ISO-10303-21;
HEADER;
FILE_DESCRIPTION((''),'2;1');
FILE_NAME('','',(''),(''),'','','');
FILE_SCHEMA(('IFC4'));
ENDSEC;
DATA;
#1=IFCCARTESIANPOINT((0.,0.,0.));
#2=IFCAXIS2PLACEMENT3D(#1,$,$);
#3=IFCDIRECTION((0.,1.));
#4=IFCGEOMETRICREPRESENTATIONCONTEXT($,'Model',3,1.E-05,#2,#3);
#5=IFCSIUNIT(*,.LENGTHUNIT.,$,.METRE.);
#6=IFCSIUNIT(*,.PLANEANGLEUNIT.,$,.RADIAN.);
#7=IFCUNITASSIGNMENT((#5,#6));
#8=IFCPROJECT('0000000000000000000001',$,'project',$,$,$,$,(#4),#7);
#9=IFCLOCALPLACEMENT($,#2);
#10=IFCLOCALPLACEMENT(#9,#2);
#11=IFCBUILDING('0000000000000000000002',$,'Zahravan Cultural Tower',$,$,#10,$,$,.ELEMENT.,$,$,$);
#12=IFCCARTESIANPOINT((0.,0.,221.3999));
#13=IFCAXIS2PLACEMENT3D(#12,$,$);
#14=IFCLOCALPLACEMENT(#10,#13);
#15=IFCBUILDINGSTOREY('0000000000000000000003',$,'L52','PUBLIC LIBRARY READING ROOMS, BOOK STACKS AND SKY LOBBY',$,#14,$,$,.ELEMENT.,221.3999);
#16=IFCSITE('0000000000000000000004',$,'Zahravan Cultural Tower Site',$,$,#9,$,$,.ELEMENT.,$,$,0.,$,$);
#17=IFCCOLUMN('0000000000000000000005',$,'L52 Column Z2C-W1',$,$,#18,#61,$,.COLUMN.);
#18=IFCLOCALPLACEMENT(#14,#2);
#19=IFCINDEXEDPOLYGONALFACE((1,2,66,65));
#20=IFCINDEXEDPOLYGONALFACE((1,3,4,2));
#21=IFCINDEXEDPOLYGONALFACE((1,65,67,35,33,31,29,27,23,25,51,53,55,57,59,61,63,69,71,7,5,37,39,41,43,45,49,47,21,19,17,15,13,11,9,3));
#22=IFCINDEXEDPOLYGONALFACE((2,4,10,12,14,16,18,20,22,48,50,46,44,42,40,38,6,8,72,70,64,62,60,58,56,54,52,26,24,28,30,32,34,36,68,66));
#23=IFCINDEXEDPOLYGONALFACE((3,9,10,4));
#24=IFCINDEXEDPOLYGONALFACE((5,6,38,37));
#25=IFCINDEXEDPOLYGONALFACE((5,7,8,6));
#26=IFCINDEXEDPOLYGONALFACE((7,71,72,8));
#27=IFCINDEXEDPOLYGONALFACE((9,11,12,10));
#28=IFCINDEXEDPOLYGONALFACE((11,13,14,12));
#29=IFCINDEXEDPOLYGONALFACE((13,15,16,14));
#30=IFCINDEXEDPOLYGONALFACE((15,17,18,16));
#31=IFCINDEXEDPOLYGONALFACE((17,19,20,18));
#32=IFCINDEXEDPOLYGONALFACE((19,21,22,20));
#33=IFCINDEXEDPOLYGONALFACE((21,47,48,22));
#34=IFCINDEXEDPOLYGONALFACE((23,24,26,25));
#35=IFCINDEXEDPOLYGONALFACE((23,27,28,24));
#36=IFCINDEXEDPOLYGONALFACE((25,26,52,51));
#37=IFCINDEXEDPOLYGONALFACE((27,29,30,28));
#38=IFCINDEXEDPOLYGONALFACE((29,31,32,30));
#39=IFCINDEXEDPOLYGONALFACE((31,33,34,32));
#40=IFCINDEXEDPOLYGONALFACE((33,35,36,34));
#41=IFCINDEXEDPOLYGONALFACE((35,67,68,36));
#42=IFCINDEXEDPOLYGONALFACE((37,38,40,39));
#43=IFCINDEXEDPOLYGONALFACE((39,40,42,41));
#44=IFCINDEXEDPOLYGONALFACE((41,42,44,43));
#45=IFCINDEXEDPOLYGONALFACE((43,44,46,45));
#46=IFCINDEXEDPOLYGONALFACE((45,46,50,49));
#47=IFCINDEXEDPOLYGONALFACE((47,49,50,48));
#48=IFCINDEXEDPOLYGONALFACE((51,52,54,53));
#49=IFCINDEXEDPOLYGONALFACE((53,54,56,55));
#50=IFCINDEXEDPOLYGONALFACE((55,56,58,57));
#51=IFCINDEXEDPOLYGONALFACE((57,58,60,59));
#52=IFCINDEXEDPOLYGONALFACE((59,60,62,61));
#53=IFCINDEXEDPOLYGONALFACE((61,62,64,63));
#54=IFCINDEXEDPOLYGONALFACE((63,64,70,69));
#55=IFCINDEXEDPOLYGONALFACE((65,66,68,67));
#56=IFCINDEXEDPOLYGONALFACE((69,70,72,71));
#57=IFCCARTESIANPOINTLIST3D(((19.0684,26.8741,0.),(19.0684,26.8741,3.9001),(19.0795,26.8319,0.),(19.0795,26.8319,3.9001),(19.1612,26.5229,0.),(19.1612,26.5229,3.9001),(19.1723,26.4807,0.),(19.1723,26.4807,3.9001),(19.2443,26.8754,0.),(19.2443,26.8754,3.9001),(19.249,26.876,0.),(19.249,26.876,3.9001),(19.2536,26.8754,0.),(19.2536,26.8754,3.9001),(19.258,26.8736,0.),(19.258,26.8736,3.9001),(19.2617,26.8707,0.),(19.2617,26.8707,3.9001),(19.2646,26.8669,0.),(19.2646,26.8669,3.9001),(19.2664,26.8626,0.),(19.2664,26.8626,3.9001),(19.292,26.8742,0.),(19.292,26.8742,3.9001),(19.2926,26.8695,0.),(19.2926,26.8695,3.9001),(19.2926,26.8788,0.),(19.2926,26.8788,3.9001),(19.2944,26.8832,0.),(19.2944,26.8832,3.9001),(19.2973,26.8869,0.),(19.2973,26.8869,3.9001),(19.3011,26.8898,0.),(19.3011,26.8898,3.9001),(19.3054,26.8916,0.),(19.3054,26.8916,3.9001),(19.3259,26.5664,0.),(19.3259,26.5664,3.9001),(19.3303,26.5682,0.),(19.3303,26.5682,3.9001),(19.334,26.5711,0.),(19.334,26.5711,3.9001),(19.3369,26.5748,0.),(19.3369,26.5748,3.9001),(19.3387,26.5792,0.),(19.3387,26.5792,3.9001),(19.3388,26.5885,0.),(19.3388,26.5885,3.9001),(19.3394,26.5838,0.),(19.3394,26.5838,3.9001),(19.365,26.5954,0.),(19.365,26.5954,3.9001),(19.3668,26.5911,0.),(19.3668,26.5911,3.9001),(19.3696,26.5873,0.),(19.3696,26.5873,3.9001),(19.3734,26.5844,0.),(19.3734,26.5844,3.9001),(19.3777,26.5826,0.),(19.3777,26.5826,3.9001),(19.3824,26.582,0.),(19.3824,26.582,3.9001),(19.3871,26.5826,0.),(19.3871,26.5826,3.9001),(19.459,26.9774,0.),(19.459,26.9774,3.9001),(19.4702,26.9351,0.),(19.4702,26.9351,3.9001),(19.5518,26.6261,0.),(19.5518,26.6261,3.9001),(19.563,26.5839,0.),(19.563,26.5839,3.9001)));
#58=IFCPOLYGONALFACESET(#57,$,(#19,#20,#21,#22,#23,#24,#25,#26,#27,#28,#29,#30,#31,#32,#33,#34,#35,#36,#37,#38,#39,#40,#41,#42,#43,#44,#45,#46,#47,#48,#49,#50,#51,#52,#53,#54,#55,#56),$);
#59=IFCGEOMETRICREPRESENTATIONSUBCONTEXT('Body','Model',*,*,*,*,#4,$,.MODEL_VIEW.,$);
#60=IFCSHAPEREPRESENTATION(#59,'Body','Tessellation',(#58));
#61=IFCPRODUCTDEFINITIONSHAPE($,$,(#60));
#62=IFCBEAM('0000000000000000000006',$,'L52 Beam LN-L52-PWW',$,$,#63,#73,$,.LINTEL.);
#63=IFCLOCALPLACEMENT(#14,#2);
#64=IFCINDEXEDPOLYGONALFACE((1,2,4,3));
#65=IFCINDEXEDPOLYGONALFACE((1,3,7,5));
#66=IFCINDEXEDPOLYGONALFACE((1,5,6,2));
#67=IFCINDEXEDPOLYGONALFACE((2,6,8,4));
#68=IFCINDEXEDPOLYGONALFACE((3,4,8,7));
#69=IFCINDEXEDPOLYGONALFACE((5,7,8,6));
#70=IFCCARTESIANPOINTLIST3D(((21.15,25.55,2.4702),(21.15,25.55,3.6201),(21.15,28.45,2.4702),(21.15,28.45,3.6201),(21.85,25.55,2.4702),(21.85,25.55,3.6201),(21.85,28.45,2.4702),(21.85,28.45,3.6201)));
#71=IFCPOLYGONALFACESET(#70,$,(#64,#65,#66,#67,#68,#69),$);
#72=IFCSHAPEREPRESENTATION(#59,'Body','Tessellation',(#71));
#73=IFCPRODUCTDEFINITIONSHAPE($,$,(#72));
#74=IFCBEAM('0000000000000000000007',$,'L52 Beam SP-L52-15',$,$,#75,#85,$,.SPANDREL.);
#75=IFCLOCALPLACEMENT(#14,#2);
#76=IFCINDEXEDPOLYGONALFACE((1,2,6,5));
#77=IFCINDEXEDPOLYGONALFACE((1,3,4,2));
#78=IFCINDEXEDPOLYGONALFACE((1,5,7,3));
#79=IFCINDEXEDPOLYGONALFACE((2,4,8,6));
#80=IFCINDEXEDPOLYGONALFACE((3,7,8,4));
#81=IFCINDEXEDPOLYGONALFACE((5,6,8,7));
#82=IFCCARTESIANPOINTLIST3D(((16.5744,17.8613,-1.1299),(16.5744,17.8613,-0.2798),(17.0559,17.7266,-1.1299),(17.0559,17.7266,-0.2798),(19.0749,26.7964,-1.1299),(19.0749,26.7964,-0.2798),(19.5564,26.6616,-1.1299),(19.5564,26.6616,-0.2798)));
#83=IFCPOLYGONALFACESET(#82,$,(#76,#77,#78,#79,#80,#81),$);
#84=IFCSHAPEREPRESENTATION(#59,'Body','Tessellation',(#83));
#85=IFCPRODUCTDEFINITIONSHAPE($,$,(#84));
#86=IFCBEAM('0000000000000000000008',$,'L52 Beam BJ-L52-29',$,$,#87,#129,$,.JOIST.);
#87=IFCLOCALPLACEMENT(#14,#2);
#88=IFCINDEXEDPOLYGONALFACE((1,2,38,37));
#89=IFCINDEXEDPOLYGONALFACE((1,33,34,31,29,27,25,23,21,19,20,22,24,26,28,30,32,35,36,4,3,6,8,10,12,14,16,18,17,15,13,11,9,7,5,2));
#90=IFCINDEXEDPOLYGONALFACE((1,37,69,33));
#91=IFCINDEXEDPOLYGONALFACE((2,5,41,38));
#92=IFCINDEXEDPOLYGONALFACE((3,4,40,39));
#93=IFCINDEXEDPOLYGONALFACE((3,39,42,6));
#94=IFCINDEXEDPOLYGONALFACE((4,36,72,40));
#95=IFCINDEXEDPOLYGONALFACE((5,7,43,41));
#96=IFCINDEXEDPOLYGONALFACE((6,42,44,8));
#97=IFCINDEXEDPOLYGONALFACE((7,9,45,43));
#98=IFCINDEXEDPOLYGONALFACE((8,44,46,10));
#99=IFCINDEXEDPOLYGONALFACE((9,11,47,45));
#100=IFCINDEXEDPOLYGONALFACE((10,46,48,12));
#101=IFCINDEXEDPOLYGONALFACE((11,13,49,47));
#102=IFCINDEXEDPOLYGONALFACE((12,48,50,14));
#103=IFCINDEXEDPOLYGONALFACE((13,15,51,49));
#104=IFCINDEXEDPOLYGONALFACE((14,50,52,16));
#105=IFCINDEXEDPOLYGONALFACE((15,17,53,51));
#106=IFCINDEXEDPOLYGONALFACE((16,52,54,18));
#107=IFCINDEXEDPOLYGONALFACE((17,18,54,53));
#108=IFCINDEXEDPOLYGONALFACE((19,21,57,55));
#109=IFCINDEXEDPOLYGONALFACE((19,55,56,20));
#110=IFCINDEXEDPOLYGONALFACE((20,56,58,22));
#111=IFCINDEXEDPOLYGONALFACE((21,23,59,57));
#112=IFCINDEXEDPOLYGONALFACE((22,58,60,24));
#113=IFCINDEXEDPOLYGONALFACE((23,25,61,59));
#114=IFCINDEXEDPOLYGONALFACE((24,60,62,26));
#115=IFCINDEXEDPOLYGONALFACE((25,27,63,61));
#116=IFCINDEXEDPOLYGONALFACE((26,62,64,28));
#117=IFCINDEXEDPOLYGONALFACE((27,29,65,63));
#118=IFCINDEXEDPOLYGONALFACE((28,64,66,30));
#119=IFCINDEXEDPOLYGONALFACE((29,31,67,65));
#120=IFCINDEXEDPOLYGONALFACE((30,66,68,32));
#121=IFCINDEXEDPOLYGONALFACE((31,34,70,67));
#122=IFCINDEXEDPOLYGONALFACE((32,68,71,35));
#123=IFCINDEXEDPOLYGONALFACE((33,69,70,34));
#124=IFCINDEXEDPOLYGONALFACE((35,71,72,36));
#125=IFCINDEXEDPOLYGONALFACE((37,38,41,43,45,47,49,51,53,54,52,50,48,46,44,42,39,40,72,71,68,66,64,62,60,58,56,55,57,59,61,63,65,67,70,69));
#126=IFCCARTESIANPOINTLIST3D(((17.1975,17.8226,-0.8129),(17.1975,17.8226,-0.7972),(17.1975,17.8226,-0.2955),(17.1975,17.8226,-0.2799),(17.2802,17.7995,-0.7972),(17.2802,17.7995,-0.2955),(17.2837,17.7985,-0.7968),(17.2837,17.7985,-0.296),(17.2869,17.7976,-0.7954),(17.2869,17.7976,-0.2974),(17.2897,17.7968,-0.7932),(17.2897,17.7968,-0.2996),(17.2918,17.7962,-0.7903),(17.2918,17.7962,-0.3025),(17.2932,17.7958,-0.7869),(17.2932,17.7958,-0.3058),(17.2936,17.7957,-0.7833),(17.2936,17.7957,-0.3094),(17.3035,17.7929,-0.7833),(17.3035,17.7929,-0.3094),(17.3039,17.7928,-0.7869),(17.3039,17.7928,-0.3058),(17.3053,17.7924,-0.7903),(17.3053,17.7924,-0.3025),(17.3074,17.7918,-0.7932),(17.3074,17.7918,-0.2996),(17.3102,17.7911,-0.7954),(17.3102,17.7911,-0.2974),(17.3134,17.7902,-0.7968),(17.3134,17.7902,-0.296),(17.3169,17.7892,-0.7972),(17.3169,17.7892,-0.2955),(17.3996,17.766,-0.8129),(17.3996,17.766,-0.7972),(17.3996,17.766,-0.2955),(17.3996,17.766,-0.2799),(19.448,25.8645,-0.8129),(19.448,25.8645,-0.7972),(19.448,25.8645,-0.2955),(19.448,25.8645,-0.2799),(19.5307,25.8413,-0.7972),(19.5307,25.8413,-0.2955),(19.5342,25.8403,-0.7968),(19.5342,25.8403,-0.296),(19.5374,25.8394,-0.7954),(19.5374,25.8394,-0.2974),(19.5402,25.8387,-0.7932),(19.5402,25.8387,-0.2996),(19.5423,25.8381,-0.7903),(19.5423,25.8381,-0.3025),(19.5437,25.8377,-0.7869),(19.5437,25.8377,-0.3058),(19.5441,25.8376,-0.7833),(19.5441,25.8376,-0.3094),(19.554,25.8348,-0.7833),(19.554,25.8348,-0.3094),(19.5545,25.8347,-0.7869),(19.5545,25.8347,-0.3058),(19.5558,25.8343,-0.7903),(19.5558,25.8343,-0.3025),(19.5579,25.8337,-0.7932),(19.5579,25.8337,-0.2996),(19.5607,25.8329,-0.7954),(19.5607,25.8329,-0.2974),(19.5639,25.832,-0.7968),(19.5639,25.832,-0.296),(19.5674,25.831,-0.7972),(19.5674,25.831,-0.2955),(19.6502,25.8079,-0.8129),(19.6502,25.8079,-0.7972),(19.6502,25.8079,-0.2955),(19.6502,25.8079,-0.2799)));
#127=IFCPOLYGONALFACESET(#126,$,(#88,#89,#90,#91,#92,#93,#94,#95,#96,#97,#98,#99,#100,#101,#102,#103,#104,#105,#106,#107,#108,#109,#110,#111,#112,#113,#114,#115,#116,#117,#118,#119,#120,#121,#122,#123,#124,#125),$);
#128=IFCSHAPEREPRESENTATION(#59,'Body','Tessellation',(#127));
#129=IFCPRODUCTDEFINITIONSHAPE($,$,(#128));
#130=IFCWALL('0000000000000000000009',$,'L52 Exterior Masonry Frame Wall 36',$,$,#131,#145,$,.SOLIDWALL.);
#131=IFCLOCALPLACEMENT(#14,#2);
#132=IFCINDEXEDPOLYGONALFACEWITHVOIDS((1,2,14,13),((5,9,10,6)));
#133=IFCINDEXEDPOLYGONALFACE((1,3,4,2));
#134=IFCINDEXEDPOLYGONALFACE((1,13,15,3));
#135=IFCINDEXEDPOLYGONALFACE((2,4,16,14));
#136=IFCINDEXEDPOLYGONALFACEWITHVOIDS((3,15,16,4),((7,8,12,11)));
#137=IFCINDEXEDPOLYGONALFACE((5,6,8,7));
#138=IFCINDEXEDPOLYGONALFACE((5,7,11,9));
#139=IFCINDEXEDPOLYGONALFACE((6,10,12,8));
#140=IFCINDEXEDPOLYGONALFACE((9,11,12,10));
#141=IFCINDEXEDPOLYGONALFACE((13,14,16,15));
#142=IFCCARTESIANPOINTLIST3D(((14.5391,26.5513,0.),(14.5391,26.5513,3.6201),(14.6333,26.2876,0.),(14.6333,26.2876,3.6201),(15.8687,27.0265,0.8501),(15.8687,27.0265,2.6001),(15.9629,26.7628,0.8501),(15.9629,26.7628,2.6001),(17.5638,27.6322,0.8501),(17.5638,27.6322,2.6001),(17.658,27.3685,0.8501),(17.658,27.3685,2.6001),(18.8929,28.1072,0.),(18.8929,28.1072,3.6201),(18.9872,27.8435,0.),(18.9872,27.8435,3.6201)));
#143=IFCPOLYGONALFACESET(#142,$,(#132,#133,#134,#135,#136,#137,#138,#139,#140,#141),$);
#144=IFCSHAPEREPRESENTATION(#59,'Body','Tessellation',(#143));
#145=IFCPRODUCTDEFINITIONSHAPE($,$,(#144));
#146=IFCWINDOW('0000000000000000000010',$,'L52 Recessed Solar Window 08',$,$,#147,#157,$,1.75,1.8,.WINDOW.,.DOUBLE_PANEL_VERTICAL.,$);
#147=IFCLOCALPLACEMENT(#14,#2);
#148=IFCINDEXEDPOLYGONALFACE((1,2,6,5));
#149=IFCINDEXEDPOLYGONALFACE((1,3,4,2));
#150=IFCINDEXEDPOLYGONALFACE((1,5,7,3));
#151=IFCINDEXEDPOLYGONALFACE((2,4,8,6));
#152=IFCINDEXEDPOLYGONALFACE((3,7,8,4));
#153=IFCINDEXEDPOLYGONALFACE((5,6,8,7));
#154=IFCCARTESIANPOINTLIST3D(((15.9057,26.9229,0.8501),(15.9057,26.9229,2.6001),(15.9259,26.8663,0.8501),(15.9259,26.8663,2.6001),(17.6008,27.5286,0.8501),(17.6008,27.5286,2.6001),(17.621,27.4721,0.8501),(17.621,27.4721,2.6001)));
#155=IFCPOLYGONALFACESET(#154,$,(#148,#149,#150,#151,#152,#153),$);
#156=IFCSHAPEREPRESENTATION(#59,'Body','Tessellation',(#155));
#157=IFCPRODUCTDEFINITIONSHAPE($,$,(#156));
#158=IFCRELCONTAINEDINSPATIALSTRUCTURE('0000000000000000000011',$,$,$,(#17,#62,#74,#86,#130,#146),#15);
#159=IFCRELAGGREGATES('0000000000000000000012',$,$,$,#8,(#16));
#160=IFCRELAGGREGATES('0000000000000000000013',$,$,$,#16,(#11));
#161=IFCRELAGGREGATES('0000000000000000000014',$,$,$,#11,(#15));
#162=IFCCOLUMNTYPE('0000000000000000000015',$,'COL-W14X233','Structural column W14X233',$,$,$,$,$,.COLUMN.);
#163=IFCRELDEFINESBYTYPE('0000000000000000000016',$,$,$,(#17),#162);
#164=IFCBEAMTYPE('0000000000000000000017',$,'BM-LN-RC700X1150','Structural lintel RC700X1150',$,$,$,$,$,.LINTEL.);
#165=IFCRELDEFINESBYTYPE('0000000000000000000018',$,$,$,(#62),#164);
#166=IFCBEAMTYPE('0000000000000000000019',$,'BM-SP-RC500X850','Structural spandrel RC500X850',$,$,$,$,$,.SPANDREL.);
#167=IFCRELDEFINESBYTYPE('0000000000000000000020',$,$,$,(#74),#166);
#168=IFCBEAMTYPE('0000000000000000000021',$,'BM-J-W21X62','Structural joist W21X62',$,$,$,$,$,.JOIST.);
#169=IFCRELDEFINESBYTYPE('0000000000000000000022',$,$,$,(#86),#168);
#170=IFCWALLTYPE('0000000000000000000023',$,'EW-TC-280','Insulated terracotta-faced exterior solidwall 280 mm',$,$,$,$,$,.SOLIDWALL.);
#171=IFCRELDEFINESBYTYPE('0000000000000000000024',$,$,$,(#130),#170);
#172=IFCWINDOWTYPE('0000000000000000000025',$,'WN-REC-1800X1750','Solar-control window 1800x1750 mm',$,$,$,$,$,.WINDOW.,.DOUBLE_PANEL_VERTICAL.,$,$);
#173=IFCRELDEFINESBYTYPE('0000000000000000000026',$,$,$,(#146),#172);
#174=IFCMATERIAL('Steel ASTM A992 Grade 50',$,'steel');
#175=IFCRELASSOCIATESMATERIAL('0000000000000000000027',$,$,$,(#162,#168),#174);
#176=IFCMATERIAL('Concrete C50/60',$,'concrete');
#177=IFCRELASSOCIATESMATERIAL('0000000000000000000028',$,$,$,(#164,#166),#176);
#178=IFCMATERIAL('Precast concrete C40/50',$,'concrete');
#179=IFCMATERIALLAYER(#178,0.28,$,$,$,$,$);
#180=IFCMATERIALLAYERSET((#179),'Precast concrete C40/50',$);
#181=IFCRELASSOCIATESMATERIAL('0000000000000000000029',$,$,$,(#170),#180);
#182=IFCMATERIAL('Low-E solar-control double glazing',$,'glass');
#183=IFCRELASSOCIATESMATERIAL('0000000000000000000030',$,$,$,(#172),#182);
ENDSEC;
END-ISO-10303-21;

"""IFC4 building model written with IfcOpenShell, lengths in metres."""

from ifc_helpers import new_model, si_unit, direction, frame, frame_2d, origin, origin_2d, place, context, subcontext, project, spatial, rectangle, i_section, extrude, source, transform, mapped, material, layer, layer_set, material_profile, profile_set, type_object, element, fill, save


model = new_model("IFC4")

# Units and contexts
model_context = context("Model", 3, precision=1e-05, world=origin(), true_north=direction((0.0, 1.0)))
body_context = subcontext(model_context, "Body", "Model", "MODEL_VIEW")
ifc_project = project(units=[si_unit("LENGTHUNIT", "METRE"), si_unit("PLANEANGLEUNIT", "RADIAN")], contexts=[model_context])

# Site, building, storey
site_placement = place(None, origin())
site = spatial("IfcSite", under=ifc_project, at=site_placement, Name="Zahravan Cultural Tower Site", CompositionType="ELEMENT", RefElevation=0.0)
building_placement = place(site_placement, origin())
building = spatial("IfcBuilding", under=site, at=building_placement, Name="Zahravan Cultural Tower", CompositionType="ELEMENT")
storey_placement = place(building_placement, frame((0.0, 0.0, 221.3999)))
storey = spatial("IfcBuildingStorey", under=building, at=storey_placement, Name="L52", Description="PUBLIC LIBRARY READING ROOMS, BOOK STACKS AND SKY LOBBY", CompositionType="ELEMENT", Elevation=221.3999)

# Column
ifc_material_1 = material(Name="Steel ASTM A992 Grade 50", Category="steel")
ifc_material_profile_1 = material_profile(ifc_material_1, i_section(OverallWidth=0.4041, OverallDepth=0.407, WebThickness=0.0271, FlangeThickness=0.0437, FilletRadius=0.0181, at=origin_2d()), Name="W14X233")
ifc_profile_set_1 = profile_set([ifc_material_profile_1], Name="Steel ASTM A992 Grade 50")
column_type = type_object("IfcColumnType", Name="COL-W14X233", Description="Structural column W14X233", PredefinedType="COLUMN", material=ifc_profile_set_1)
shared_shape_1 = source(origin(), body_context, "Body", "SweptSolid", [
    extrude(i_section(OverallWidth=0.4041, OverallDepth=0.407, WebThickness=0.0271, FlangeThickness=0.0437, FilletRadius=0.0181, at=origin_2d()), origin(), (0.0, 0.0, 1.0), 3.9001),
])
column_placement = place(storey_placement, frame((19.3157, 26.729, 0.0), z_axis=(0.0, 0.0, 1.0), x_axis=(0.966823, 0.255446, 0.0)))
element("IfcColumn", 1, at=column_placement, inside=storey, type_object=column_type, Name="L52 Column Z2C-W1", PredefinedType="COLUMN", context=body_context, shape_type="MappedRepresentation", body=[
    mapped(shared_shape_1, transform((0.0, 0.0, 0.0), x_axis=(1.0, 0.0, 0.0), y_axis=(0.0, 1.0, 0.0), z_axis=(0.0, 0.0, 1.0), scale=1.0)),
])

# Beams
ifc_material_2 = material(Name="Concrete C50/60", Category="concrete")
ifc_material_profile_2 = material_profile(ifc_material_2, rectangle(XDim=0.7, YDim=1.1499, at=origin_2d()), Name="RC700X1150")
ifc_profile_set_2 = profile_set([ifc_material_profile_2], Name="Concrete C50/60")
beam_type_1 = type_object("IfcBeamType", Name="BM-LN-RC700X1150", Description="Structural lintel RC700X1150", PredefinedType="LINTEL", material=ifc_profile_set_2)
shared_shape_2 = source(origin(), body_context, "Body", "SweptSolid", [
    extrude(rectangle(XDim=0.7, YDim=1.1499, at=origin_2d()), origin(), (0.0, 0.0, 1.0), 2.8999),
])
beam_1_placement = place(storey_placement, frame((21.5, 25.55, 3.0452), z_axis=(0.0, 1.0, 0.0), x_axis=(-1.0, 0.0, 0.0)))
element("IfcBeam", 2, at=beam_1_placement, inside=storey, type_object=beam_type_1, Name="L52 Beam LN-L52-PWW", PredefinedType="LINTEL", context=body_context, shape_type="MappedRepresentation", body=[
    mapped(shared_shape_2, transform((0.0, 0.0, 0.0), x_axis=(1.0, 0.0, 0.0), y_axis=(0.0, 1.0, 0.0), z_axis=(0.0, 0.0, 1.0), scale=1.0)),
])
ifc_material_profile_3 = material_profile(ifc_material_2, rectangle(XDim=0.5, YDim=0.8501, at=origin_2d()), Name="RC500X850")
ifc_profile_set_3 = profile_set([ifc_material_profile_3], Name="Concrete C50/60")
beam_type_2 = type_object("IfcBeamType", Name="BM-SP-RC500X850", Description="Structural spandrel RC500X850", PredefinedType="SPANDREL", material=ifc_profile_set_3)
shared_shape_3 = source(origin(), body_context, "Body", "SweptSolid", [
    extrude(rectangle(XDim=0.5, YDim=0.8501, at=origin_2d()), origin(), (0.0, 0.0, 1.0), 9.2783),
])
beam_2_placement = place(storey_placement, frame((19.3157, 26.729, -0.7048), z_axis=(-0.269497, -0.963001, 0.0), x_axis=(0.963001, -0.269497, 0.0)))
element("IfcBeam", 3, at=beam_2_placement, inside=storey, type_object=beam_type_2, Name="L52 Beam SP-L52-15", PredefinedType="SPANDREL", context=body_context, shape_type="MappedRepresentation", body=[
    mapped(shared_shape_3, transform((0.0, 0.0, 0.0), x_axis=(1.0, 0.0, 0.0), y_axis=(0.0, 1.0, 0.0), z_axis=(0.0, 0.0, 1.0), scale=1.0)),
])
ifc_material_profile_4 = material_profile(ifc_material_1, i_section(OverallWidth=0.21, OverallDepth=0.533, WebThickness=0.0103, FlangeThickness=0.0156, FilletRadius=0.0139, at=origin_2d()), Name="W21X62")
ifc_profile_set_4 = profile_set([ifc_material_profile_4], Name="Steel ASTM A992 Grade 50")
beam_type_3 = type_object("IfcBeamType", Name="BM-J-W21X62", Description="Structural joist W21X62", PredefinedType="JOIST", material=ifc_profile_set_4)
shared_shape_4 = source(origin(), body_context, "Body", "SweptSolid", [
    extrude(i_section(OverallWidth=0.21, OverallDepth=0.533, WebThickness=0.0103, FlangeThickness=0.0156, FilletRadius=0.0139, at=origin_2d()), origin(), (0.0, 0.0, 1.0), 8.3508),
])
beam_3_placement = place(storey_placement, frame((19.5491, 25.8362, -0.5464), z_axis=(-0.269497, -0.963001, 0.0), x_axis=(0.963001, -0.269497, 0.0)))
element("IfcBeam", 4, at=beam_3_placement, inside=storey, type_object=beam_type_3, Name="L52 Beam BJ-L52-29", PredefinedType="JOIST", context=body_context, shape_type="MappedRepresentation", body=[
    mapped(shared_shape_4, transform((0.0, 0.0, 0.0), x_axis=(1.0, 0.0, 0.0), y_axis=(0.0, 1.0, 0.0), z_axis=(0.0, 0.0, 1.0), scale=1.0)),
])

# Wall, opening, window
ifc_material_3 = material(Name="Precast concrete C40/50", Category="concrete")
ifc_layer_1 = layer(ifc_material_3, 0.28)
ifc_layer_set_1 = layer_set([ifc_layer_1], Name="Precast concrete C40/50")
wall_type_1 = type_object("IfcWallType", Name="EW-TC-280", Description="Insulated terracotta-faced exterior solidwall 280 mm", PredefinedType="SOLIDWALL", material=ifc_layer_set_1)
wall_1_placement = place(storey_placement, frame((14.5862, 26.4194, 0.0), z_axis=(0.0, 0.0, 1.0), x_axis=(0.941674, 0.336527, 0.0)))
wall_1 = element("IfcWall", 5, at=wall_1_placement, inside=storey, type_object=wall_type_1, Name="L52 Exterior Masonry Frame Wall 36", PredefinedType="SOLIDWALL", context=body_context, shape_type="SweptSolid", body=[
    extrude(rectangle(XDim=4.6235, YDim=0.28, at=frame_2d((2.3118, 0.0))), origin(), (0.0, 0.0, 1.0), 3.6201),
])
opening_placement = place(wall_1_placement, frame((1.4121, 0.0, 0.8501)))
opening = element("IfcOpeningElement", 6, at=opening_placement, cuts=wall_1, PredefinedType="OPENING", context=body_context, shape_type="SweptSolid", body=[
    extrude(rectangle(XDim=1.8, YDim=1.75, at=frame_2d((0.8999, 0.875))), frame((0.0, 0.1499, 0.0), z_axis=(0.0, -1.0, 0.0), x_axis=(1.0, 0.0, 0.0)), (0.0, 0.0, 1.0), 0.3),
])
ifc_material_4 = material(Name="Low-E solar-control double glazing", Category="glass")
window_type = type_object("IfcWindowType", Name="WN-REC-1800X1750", Description="Solar-control window 1800x1750 mm", PartitioningType="DOUBLE_PANEL_VERTICAL", PredefinedType="WINDOW", material=ifc_material_4)
shared_shape_5 = source(origin(), body_context, "Body", "SweptSolid", [
    extrude(rectangle(XDim=1.8, YDim=1.75, at=frame_2d((0.8999, 0.875))), frame((0.0, 0.03, 0.0), z_axis=(0.0, -1.0, 0.0), x_axis=(1.0, 0.0, 0.0)), (0.0, 0.0, 1.0), 0.0601),
])
window_placement = place(opening_placement, origin())
window = element("IfcWindow", 7, at=window_placement, inside=storey, type_object=window_type, Name="L52 Recessed Solar Window 08", OverallHeight=1.75, OverallWidth=1.8, PartitioningType="DOUBLE_PANEL_VERTICAL", PredefinedType="WINDOW", context=body_context, shape_type="MappedRepresentation", body=[
    mapped(shared_shape_5, transform((0.0, 0.0, 0.0), x_axis=(1.0, 0.0, 0.0), y_axis=(0.0, 1.0, 0.0), z_axis=(0.0, 0.0, 1.0), scale=1.0)),
])
fill(opening, window)

save(model, "model.ifc")
